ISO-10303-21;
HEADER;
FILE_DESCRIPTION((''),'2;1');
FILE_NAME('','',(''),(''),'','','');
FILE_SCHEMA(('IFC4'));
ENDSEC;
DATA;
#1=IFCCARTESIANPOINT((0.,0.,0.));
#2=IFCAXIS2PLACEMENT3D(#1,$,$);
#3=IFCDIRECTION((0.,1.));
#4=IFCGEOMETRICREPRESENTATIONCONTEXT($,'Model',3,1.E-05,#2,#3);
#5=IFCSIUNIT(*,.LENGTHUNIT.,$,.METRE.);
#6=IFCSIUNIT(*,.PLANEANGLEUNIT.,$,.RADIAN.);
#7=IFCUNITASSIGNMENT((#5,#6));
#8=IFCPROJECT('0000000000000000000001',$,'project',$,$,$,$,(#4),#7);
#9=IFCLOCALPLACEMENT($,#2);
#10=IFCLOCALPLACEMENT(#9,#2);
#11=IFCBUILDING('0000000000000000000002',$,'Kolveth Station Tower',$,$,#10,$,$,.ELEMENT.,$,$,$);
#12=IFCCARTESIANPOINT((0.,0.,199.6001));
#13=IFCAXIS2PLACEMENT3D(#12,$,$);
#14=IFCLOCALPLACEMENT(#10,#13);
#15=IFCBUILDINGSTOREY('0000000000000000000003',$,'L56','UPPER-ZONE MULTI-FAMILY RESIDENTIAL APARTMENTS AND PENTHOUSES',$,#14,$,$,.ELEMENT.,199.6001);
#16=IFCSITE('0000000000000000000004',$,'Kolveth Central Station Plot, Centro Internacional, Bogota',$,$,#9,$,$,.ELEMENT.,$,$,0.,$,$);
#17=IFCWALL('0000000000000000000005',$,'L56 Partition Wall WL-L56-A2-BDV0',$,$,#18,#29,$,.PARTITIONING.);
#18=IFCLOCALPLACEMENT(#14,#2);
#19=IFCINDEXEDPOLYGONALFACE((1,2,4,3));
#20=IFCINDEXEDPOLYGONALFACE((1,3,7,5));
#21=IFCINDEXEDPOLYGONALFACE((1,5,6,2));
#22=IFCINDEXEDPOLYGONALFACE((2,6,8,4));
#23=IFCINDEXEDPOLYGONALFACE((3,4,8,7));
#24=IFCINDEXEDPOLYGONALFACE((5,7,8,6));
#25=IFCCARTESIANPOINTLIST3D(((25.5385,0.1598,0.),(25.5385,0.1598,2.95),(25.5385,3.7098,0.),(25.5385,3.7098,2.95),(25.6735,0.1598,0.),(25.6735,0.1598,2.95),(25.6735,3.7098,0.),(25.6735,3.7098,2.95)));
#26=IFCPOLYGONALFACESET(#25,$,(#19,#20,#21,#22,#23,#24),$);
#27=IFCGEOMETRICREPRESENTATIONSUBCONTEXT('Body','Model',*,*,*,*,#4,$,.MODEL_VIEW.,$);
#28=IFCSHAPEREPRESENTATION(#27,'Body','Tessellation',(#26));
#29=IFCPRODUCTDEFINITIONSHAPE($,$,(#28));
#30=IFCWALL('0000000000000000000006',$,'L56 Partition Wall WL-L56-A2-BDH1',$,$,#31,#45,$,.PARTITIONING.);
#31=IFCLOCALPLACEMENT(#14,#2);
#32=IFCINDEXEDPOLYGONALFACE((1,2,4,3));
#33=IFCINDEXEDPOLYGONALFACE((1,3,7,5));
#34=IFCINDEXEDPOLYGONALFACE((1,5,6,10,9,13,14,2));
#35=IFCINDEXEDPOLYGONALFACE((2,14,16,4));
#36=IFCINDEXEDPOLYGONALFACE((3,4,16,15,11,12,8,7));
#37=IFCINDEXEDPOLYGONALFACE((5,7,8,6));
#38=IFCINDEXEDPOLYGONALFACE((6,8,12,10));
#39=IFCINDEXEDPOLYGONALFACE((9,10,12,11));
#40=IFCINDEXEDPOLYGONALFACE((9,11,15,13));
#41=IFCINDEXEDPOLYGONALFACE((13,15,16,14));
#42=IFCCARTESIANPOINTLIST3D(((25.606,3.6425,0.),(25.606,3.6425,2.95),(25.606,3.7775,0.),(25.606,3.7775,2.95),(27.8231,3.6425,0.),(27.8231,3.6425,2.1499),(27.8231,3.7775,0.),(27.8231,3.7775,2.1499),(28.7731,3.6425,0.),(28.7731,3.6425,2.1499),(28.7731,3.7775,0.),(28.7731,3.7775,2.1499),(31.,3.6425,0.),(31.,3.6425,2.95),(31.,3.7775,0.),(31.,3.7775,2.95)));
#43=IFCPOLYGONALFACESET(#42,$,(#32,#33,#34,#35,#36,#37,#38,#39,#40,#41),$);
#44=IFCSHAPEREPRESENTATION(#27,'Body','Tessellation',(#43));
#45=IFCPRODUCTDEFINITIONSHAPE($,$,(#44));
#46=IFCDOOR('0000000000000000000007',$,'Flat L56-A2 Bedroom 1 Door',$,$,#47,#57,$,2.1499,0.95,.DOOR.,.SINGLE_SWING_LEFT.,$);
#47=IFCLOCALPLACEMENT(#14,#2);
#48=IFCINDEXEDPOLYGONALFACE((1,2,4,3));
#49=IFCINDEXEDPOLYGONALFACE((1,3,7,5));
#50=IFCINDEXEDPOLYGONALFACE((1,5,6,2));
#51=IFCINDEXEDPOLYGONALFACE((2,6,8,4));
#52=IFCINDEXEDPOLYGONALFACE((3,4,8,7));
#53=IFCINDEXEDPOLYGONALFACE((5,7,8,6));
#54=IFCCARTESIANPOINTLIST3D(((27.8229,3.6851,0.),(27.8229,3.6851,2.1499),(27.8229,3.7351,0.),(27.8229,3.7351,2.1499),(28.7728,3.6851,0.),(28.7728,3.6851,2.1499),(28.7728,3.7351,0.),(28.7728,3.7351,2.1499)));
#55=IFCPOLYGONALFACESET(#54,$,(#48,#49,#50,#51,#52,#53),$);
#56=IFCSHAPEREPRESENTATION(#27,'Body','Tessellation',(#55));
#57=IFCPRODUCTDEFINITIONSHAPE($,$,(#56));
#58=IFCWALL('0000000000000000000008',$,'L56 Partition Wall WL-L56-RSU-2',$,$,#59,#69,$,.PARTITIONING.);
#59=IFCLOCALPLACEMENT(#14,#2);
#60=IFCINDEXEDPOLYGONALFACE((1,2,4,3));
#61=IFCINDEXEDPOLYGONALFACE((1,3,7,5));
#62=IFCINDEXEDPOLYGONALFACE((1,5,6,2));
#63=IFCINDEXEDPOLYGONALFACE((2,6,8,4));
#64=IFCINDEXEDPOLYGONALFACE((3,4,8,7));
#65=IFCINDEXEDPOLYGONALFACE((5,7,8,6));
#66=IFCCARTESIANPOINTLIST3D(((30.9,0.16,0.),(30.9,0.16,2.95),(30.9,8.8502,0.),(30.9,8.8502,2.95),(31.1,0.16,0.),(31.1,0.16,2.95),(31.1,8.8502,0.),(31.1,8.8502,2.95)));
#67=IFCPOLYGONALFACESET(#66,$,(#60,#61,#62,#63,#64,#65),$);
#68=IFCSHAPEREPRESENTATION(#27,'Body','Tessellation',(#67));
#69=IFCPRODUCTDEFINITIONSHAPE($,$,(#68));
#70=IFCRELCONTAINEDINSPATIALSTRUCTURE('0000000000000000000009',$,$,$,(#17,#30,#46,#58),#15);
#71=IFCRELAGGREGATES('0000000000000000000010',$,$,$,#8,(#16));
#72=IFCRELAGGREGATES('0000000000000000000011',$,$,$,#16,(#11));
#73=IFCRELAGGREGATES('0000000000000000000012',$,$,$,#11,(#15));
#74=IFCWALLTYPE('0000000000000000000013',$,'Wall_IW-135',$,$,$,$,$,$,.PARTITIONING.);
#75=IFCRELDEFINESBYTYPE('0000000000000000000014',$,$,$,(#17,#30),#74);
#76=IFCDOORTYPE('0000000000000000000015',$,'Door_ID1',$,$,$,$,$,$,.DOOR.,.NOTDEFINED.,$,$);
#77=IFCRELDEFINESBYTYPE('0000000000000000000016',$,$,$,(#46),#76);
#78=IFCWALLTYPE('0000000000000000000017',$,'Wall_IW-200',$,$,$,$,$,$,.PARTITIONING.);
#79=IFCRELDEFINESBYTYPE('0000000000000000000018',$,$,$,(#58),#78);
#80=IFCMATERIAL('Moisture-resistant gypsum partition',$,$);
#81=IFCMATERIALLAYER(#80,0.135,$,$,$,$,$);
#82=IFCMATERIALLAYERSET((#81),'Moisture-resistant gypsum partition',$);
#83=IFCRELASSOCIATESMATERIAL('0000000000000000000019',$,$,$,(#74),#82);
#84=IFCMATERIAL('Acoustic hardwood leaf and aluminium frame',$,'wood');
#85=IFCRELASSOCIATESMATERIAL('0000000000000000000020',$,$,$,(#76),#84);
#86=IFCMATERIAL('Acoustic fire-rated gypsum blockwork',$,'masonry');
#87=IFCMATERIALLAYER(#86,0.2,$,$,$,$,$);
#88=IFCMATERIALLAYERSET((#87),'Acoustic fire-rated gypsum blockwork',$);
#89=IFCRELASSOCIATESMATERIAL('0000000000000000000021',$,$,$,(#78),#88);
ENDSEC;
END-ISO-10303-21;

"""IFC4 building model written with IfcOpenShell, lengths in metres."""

from ifc_helpers import new_model, si_unit, direction, frame, frame_2d, origin, place, context, subcontext, project, spatial, rectangle, extrude, material, layer, layer_set, type_object, element, fill, save


model = new_model("IFC4")

# Units and contexts
model_context = context("Model", 3, precision=1e-05, world=origin(), true_north=direction((0.0, 1.0)))
body_context = subcontext(model_context, "Body", "Model", "MODEL_VIEW")
ifc_project = project(units=[si_unit("LENGTHUNIT", "METRE"), si_unit("PLANEANGLEUNIT", "RADIAN")], contexts=[model_context])

# Site, building, storey
site_placement = place(None, origin())
site = spatial("IfcSite", under=ifc_project, at=site_placement, Name="Kolveth Central Station Plot, Centro Internacional, Bogota", CompositionType="ELEMENT", RefElevation=0.0)
building_placement = place(site_placement, origin())
building = spatial("IfcBuilding", under=site, at=building_placement, Name="Kolveth Station Tower", CompositionType="ELEMENT")
storey_placement = place(building_placement, frame((0.0, 0.0, 199.6001)))
storey = spatial("IfcBuildingStorey", under=building, at=storey_placement, Name="L56", Description="UPPER-ZONE MULTI-FAMILY RESIDENTIAL APARTMENTS AND PENTHOUSES", CompositionType="ELEMENT", Elevation=199.6001)

# Shared definitions
ifc_material_1 = material(Name="Moisture-resistant gypsum partition")
ifc_layer_1 = layer(ifc_material_1, 0.135)
ifc_layer_set_1 = layer_set([ifc_layer_1], Name="Moisture-resistant gypsum partition")
wall_type_1 = type_object("IfcWallType", Name="Wall_IW-135", PredefinedType="PARTITIONING", material=ifc_layer_set_1)
ifc_material_2 = material(Name="Acoustic hardwood leaf and aluminium frame", Category="wood")
door_type_1 = type_object("IfcDoorType", Name="Door_ID1", OperationType="NOTDEFINED", PredefinedType="DOOR", material=ifc_material_2)

# Wall
wall_1_placement = place(storey_placement, frame((25.606, 0.1599, 0.0), z_axis=(0.0, 0.0, 1.0), x_axis=(0.0, 1.0, 0.0)))
element("IfcWall", 1, at=wall_1_placement, inside=storey, type_object=wall_type_1, Name="L56 Partition Wall WL-L56-A2-BDV0", PredefinedType="PARTITIONING", context=body_context, shape_type="SweptSolid", body=[
    extrude(rectangle(XDim=3.55, YDim=0.135, at=frame_2d((1.7749, 0.0))), origin(), (0.0, 0.0, 1.0), 2.95),
])

# Wall, opening, door
wall_2_placement = place(storey_placement, frame((25.606, 3.71, 0.0), z_axis=(0.0, 0.0, 1.0), x_axis=(1.0, 0.0, 0.0)))
wall_2 = element("IfcWall", 2, at=wall_2_placement, inside=storey, type_object=wall_type_1, Name="L56 Partition Wall WL-L56-A2-BDH1", PredefinedType="PARTITIONING", context=body_context, shape_type="SweptSolid", body=[
    extrude(rectangle(XDim=5.394, YDim=0.135, at=frame_2d((2.697, 0.0))), origin(), (0.0, 0.0, 1.0), 2.95),
])
opening_1_placement = place(wall_2_placement, frame((2.217, 0.0, 0.0)))
opening_1 = element("IfcOpeningElement", 3, at=opening_1_placement, cuts=wall_2, PredefinedType="OPENING", context=body_context, shape_type="SweptSolid", body=[
    extrude(rectangle(XDim=0.95, YDim=2.1499, at=frame_2d((0.4751, 1.075))), frame((0.0, 0.0774, 0.0), z_axis=(0.0, -1.0, 0.0), x_axis=(1.0, 0.0, 0.0)), (0.0, 0.0, 1.0), 0.155),
])
door_1_placement = place(opening_1_placement, frame((0.95, 0.0, 0.0), z_axis=(0.0, 0.0, 1.0), x_axis=(-1.0, 0.0, 0.0)))
door_1 = element("IfcDoor", 4, at=door_1_placement, inside=storey, type_object=door_type_1, Name="Flat L56-A2 Bedroom 1 Door", OperationType="SINGLE_SWING_LEFT", OverallHeight=2.1499, OverallWidth=0.95, PredefinedType="DOOR", context=body_context, shape_type="SweptSolid", body=[
    extrude(rectangle(XDim=0.95, YDim=2.1499, at=frame_2d((0.4751, 1.075))), frame((0.0, 0.0249, 0.0), z_axis=(0.0, -1.0, 0.0), x_axis=(1.0, 0.0, 0.0)), (0.0, 0.0, 1.0), 0.05),
])
fill(opening_1, door_1)

# Wall
ifc_material_3 = material(Name="Acoustic fire-rated gypsum blockwork", Category="masonry")
ifc_layer_2 = layer(ifc_material_3, 0.2)
ifc_layer_set_2 = layer_set([ifc_layer_2], Name="Acoustic fire-rated gypsum blockwork")
wall_type_2 = type_object("IfcWallType", Name="Wall_IW-200", PredefinedType="PARTITIONING", material=ifc_layer_set_2)
wall_3_placement = place(storey_placement, frame((31.0, 0.1599, 0.0), z_axis=(0.0, 0.0, 1.0), x_axis=(0.0, 1.0, 0.0)))
element("IfcWall", 5, at=wall_3_placement, inside=storey, type_object=wall_type_2, Name="L56 Partition Wall WL-L56-RSU-2", PredefinedType="PARTITIONING", context=body_context, shape_type="SweptSolid", body=[
    extrude(rectangle(XDim=8.6902, YDim=0.2, at=frame_2d((4.3452, 0.0))), origin(), (0.0, 0.0, 1.0), 2.95),
])

save(model, "model.ifc")
